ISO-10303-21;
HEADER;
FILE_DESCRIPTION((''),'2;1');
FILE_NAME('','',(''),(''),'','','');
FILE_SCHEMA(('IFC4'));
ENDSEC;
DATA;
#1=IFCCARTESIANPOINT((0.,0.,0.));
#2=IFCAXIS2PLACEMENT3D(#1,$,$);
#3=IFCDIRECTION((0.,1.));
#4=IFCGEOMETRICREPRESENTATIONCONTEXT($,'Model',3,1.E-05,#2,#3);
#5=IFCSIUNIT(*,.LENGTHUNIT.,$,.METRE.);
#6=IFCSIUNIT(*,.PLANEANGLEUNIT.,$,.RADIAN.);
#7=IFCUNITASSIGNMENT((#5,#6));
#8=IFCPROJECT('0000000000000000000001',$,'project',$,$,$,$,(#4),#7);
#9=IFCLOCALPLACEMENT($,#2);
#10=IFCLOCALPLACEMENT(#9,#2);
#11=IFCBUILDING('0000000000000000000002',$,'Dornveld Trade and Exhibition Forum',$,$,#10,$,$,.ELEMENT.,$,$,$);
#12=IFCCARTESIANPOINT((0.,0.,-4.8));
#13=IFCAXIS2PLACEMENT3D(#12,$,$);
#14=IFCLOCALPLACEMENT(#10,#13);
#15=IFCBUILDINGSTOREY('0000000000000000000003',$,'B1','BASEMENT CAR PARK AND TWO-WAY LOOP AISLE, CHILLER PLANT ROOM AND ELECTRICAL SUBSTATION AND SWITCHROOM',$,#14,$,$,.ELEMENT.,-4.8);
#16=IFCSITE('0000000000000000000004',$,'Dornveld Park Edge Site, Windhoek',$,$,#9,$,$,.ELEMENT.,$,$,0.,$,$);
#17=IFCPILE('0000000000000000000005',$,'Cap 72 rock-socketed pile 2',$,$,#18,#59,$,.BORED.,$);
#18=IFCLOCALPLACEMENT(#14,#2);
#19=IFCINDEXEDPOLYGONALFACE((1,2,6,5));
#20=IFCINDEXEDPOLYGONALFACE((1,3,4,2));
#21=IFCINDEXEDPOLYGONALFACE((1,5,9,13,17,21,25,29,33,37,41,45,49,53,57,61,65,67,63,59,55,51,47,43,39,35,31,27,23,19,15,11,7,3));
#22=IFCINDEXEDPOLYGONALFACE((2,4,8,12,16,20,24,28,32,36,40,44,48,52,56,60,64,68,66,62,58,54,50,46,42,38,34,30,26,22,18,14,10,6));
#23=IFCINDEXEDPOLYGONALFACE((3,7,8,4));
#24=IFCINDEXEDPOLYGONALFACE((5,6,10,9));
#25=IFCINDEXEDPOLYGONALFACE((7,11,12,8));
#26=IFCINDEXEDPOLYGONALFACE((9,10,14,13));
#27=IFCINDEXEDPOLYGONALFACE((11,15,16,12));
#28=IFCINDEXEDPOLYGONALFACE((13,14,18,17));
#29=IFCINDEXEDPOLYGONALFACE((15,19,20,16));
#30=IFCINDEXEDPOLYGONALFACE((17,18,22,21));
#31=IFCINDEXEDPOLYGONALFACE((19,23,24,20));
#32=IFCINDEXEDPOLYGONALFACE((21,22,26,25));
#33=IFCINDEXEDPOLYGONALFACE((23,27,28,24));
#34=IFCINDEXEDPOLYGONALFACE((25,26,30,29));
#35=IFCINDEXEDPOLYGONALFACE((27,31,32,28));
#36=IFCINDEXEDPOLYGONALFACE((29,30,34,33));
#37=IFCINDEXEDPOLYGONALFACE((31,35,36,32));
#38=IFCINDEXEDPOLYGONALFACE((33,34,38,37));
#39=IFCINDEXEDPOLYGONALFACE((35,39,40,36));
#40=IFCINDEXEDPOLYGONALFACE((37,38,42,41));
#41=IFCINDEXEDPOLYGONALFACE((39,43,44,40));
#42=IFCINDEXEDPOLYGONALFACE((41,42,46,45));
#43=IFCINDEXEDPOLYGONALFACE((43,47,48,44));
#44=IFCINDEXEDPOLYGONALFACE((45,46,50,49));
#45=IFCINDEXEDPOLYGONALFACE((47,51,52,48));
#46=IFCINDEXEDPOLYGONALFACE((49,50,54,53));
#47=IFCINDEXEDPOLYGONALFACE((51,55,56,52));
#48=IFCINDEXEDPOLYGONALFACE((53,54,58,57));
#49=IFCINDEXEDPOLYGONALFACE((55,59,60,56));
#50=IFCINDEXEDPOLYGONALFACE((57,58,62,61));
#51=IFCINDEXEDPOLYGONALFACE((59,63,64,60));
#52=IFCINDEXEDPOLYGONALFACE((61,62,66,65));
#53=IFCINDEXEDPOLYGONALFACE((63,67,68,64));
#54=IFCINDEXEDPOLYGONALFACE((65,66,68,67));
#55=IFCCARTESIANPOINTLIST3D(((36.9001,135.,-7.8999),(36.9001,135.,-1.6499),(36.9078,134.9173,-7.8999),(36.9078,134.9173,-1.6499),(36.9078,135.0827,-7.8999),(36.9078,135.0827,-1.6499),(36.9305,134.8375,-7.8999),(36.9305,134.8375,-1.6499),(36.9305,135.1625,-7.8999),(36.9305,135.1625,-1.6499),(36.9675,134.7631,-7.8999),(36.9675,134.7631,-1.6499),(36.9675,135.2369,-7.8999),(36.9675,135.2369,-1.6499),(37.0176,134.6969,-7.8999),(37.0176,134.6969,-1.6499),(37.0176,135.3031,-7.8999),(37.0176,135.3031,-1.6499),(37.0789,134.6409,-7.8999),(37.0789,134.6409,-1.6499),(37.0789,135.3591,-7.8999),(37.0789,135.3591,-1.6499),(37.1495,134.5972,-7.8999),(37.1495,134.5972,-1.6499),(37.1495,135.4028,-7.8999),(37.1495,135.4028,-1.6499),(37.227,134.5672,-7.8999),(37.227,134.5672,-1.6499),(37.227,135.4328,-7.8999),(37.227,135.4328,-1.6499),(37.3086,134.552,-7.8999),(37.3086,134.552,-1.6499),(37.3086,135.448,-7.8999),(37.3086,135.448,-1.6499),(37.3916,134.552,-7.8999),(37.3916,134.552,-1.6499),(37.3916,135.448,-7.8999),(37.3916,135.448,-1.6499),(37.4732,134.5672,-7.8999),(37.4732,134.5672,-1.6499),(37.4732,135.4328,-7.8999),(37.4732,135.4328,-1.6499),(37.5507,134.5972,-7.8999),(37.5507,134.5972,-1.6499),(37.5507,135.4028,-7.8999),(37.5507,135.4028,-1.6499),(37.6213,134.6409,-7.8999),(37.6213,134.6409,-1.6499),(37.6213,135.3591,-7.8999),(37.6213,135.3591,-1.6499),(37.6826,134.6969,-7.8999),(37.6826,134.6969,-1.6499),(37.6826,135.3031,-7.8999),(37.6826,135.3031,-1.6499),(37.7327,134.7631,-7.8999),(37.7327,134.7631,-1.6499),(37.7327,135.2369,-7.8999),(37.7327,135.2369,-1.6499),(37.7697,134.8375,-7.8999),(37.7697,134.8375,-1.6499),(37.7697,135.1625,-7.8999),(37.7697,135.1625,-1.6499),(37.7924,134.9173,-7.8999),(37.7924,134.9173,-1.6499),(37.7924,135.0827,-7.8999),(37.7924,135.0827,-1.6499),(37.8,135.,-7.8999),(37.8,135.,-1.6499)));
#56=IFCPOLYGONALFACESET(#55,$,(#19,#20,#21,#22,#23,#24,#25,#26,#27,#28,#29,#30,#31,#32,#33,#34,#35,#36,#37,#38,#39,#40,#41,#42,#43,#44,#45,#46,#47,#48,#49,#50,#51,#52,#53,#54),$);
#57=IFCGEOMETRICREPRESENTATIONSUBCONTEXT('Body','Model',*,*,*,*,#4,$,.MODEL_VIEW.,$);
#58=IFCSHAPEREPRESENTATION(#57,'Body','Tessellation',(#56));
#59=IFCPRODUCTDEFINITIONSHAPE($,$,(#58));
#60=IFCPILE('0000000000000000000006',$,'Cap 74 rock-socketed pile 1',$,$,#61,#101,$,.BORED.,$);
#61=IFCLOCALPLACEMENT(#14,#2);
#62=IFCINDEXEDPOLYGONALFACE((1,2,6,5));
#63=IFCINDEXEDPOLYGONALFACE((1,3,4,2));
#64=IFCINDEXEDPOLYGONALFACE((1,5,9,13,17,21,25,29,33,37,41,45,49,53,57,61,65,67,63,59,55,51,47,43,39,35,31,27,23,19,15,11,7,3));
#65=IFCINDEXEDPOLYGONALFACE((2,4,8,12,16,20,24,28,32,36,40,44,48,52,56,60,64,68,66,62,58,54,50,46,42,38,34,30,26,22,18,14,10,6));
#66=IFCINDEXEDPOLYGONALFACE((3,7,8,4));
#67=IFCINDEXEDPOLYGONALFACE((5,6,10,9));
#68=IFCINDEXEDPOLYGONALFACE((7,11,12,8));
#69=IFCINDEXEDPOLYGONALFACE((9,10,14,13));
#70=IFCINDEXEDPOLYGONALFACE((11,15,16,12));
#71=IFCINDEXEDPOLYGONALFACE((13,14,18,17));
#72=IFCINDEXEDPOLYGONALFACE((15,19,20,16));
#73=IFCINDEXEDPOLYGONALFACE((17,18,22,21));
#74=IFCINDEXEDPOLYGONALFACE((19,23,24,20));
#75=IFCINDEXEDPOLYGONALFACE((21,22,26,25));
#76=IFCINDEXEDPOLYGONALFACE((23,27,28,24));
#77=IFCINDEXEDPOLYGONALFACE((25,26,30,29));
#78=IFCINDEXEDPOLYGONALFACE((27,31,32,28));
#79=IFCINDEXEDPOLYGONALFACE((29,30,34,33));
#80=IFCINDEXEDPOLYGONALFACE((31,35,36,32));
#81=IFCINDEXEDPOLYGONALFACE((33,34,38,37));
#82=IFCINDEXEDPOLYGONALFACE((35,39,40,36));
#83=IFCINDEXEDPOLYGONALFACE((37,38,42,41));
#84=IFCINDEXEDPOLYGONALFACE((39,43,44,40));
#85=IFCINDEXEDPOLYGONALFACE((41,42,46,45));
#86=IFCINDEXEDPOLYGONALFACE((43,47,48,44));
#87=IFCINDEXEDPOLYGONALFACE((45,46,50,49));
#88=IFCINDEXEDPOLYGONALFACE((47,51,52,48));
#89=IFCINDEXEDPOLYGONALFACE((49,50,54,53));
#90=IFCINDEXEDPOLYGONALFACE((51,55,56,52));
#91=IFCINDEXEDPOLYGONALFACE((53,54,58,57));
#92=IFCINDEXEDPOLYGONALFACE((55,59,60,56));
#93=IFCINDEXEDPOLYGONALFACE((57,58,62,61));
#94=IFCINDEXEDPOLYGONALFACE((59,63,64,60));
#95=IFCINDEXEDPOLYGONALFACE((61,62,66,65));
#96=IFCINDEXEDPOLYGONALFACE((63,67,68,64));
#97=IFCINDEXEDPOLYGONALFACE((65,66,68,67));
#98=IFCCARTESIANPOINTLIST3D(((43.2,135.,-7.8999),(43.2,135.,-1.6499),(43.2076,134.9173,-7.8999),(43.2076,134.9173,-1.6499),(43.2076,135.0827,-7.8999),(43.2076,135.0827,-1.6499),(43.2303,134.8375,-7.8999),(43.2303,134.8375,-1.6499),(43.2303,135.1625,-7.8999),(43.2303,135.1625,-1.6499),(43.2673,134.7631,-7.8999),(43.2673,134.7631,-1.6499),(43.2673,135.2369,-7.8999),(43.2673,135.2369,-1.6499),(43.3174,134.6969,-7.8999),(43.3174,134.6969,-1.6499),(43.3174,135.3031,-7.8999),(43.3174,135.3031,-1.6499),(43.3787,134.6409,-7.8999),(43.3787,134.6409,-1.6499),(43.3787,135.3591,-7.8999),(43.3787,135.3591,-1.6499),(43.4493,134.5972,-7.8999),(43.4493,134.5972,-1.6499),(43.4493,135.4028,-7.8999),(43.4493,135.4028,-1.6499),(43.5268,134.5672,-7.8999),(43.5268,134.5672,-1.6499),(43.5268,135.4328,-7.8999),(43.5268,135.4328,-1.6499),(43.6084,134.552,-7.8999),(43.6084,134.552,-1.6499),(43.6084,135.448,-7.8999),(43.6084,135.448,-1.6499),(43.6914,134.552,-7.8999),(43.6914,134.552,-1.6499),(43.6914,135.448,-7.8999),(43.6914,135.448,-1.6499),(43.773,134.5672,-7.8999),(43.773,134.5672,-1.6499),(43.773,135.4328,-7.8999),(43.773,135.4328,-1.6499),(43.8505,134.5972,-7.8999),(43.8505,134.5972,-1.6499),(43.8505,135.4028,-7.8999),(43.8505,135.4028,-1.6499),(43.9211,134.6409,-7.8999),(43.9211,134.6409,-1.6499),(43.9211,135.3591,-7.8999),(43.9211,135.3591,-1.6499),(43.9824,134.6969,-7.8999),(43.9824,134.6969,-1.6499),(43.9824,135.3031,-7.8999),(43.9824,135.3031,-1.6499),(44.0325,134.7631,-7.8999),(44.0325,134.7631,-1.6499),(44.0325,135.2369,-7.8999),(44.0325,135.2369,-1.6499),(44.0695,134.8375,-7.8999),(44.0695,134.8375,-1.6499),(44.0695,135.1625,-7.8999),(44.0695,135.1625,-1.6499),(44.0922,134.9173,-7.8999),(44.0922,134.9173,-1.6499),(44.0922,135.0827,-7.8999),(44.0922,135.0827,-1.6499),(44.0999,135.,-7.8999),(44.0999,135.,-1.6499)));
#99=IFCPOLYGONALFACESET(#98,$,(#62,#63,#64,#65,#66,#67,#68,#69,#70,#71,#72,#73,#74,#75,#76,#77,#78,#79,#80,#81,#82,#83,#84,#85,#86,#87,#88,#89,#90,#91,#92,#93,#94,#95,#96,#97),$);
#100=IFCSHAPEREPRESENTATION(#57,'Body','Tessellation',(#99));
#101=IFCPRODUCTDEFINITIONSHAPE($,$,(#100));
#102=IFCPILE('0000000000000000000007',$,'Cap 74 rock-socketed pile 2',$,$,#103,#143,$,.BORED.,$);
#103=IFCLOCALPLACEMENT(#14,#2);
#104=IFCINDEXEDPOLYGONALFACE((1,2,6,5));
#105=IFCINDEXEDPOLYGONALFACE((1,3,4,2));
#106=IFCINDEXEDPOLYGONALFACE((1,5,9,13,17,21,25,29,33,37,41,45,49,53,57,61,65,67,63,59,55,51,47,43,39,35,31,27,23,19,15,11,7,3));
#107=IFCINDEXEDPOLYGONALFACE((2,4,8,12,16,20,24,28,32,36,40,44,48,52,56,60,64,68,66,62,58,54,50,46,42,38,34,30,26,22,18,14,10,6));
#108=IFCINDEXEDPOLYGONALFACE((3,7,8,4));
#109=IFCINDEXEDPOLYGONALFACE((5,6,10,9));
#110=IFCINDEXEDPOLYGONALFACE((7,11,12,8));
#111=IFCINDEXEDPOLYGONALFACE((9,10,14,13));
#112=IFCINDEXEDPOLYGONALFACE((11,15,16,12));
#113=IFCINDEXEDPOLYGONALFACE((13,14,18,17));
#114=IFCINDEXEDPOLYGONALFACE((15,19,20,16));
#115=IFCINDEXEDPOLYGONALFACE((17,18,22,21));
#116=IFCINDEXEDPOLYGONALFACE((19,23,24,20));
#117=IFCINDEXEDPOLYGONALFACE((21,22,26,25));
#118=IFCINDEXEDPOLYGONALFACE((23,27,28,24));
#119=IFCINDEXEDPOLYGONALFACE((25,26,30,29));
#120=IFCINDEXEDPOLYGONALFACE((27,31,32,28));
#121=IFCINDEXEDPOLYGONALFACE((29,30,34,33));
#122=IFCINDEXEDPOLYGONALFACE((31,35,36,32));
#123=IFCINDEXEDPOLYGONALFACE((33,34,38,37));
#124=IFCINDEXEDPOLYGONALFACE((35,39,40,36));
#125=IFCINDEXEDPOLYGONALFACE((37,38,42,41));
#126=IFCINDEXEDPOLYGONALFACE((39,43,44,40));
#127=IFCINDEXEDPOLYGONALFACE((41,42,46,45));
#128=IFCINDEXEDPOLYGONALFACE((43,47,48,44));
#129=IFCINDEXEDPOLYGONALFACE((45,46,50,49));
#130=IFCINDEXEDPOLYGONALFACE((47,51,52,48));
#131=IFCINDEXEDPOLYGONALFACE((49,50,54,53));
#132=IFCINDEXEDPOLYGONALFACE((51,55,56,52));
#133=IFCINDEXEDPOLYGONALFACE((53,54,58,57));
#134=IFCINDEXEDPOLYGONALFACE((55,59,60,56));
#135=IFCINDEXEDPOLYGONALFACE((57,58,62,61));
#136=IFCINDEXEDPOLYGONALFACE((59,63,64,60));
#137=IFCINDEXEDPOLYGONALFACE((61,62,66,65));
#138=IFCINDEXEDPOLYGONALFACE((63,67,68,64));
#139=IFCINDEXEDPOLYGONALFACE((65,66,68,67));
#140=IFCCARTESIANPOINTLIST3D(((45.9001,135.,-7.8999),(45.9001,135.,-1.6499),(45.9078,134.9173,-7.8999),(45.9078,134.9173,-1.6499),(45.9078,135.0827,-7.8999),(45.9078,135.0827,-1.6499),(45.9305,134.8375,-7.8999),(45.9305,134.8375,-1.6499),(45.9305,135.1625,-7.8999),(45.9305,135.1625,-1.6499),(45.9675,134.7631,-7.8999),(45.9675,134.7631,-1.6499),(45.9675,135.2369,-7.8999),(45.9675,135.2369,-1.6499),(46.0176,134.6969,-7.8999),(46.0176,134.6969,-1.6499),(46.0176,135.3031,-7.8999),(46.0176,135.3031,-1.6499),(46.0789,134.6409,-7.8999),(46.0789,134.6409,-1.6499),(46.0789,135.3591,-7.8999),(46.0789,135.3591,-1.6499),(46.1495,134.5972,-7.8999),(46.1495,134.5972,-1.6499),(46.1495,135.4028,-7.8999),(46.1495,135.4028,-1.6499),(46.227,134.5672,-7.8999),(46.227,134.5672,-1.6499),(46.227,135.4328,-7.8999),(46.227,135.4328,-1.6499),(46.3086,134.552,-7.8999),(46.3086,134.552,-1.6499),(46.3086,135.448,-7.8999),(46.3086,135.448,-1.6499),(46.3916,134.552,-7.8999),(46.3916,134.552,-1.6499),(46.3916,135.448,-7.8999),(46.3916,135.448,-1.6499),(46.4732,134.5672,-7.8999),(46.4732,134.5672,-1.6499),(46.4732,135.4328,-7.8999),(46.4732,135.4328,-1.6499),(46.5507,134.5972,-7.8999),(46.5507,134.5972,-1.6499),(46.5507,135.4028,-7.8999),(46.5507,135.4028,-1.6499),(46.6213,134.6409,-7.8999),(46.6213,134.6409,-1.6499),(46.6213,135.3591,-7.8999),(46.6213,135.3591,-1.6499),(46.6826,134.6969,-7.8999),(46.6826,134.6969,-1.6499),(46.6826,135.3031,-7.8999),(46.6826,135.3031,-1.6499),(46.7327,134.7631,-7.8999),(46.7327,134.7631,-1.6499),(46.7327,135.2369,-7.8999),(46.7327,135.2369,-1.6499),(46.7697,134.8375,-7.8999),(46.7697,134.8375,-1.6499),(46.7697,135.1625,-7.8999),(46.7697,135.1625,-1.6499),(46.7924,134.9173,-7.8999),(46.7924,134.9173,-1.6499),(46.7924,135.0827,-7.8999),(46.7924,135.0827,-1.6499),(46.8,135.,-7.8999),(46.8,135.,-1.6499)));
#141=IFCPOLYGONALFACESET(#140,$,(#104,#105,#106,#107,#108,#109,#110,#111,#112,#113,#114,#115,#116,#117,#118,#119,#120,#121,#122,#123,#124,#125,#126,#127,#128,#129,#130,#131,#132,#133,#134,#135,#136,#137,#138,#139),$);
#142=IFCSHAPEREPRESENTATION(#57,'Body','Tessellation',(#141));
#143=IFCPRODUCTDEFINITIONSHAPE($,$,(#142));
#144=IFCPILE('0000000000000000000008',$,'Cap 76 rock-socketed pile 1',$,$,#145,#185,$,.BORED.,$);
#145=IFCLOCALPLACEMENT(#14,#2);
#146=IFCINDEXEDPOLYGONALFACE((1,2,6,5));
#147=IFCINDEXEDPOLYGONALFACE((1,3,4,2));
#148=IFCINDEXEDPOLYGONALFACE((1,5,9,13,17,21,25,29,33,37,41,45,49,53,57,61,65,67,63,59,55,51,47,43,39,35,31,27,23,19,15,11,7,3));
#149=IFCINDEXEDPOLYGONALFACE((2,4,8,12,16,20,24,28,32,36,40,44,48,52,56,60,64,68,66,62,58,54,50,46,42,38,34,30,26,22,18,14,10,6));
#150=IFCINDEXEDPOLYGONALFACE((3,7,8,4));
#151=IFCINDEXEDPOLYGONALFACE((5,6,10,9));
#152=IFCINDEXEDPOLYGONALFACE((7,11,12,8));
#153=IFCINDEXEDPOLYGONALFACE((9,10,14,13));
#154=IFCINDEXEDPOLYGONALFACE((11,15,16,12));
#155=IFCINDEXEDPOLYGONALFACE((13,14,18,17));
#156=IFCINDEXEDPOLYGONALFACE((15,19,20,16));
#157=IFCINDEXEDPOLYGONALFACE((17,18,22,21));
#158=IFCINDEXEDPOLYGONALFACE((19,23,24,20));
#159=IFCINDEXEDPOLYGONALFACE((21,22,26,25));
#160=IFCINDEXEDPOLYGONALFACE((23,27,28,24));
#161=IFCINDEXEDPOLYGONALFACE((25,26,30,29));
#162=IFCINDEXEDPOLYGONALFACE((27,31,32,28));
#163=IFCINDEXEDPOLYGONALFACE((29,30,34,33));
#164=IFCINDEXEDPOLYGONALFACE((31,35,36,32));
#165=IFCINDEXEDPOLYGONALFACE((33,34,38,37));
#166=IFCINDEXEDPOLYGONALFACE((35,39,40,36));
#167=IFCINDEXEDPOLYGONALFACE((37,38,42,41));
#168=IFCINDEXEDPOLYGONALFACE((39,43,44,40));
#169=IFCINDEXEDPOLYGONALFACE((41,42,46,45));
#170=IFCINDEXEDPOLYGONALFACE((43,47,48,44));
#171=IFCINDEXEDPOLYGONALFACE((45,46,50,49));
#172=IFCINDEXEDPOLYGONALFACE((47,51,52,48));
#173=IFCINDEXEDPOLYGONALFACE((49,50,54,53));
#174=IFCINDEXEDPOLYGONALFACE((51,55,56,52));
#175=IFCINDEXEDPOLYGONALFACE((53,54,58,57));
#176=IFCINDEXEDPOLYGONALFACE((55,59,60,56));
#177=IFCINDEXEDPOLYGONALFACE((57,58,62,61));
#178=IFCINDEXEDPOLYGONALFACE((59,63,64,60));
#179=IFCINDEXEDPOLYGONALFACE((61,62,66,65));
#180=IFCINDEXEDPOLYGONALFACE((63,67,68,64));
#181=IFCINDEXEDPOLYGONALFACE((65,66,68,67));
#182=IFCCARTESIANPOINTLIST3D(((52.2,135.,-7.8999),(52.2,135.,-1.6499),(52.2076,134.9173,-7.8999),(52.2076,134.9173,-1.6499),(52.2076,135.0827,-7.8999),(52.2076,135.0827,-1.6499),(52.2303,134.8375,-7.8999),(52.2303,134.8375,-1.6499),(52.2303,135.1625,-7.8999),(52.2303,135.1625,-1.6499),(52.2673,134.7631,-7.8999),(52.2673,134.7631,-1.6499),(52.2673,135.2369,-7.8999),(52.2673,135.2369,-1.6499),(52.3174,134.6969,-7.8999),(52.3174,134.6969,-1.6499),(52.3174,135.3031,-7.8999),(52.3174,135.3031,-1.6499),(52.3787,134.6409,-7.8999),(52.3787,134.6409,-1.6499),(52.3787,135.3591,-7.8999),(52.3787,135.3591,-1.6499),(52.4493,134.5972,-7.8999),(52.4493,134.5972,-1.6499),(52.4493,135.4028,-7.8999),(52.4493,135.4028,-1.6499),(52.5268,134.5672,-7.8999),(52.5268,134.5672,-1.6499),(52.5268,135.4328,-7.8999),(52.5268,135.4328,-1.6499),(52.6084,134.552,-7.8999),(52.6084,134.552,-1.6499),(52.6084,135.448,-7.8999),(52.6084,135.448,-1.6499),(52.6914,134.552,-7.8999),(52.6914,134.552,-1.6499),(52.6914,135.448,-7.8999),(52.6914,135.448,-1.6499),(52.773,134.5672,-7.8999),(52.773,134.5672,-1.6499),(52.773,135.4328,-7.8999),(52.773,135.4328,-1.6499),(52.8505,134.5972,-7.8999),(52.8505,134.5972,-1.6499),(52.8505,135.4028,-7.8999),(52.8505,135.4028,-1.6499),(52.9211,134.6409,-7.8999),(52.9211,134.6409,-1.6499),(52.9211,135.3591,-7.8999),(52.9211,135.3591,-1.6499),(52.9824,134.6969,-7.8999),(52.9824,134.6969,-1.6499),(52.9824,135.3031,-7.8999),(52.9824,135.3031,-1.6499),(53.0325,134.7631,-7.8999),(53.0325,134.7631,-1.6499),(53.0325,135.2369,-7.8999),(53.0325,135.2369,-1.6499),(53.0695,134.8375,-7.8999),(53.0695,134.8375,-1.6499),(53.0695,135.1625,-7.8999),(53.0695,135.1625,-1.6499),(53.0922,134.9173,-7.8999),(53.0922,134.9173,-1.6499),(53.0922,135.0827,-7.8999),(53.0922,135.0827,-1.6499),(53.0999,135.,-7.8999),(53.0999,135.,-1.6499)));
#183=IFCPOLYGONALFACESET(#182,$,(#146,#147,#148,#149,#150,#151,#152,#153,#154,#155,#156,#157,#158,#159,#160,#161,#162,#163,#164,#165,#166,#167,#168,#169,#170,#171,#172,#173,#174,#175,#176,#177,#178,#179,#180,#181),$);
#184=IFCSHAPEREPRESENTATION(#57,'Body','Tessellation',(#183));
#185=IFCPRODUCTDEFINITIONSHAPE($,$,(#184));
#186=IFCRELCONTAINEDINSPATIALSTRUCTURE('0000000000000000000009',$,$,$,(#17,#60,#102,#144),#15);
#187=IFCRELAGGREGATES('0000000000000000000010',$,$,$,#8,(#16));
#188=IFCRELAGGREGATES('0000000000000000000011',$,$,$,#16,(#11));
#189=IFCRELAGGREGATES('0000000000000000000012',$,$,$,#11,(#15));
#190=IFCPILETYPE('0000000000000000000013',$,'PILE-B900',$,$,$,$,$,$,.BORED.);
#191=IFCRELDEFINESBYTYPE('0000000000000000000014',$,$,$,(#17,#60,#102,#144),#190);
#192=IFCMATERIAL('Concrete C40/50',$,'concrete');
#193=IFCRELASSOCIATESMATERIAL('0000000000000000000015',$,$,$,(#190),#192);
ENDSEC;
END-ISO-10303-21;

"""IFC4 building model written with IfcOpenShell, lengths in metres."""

from ifc_helpers import new_model, si_unit, direction, frame, origin, origin_2d, place, context, subcontext, project, spatial, circle, extrude, material, material_profile, profile_set, type_object, element, save


model = new_model("IFC4")

# Units and contexts
model_context = context("Model", 3, precision=1e-05, world=origin(), true_north=direction((0.0, 1.0)))
body_context = subcontext(model_context, "Body", "Model", "MODEL_VIEW")
ifc_project = project(units=[si_unit("LENGTHUNIT", "METRE"), si_unit("PLANEANGLEUNIT", "RADIAN")], contexts=[model_context])

# Site, building, storey
site_placement = place(None, origin())
site = spatial("IfcSite", under=ifc_project, at=site_placement, Name="Dornveld Park Edge Site, Windhoek", CompositionType="ELEMENT", RefElevation=0.0)
building_placement = place(site_placement, origin())
building = spatial("IfcBuilding", under=site, at=building_placement, Name="Dornveld Trade and Exhibition Forum", CompositionType="ELEMENT")
storey_placement = place(building_placement, frame((0.0, 0.0, -4.8)))
storey = spatial("IfcBuildingStorey", under=building, at=storey_placement, Name="B1", Description="BASEMENT CAR PARK AND TWO-WAY LOOP AISLE, CHILLER PLANT ROOM AND ELECTRICAL SUBSTATION AND SWITCHROOM", CompositionType="ELEMENT", Elevation=-4.8)

# Piles
ifc_material_1 = material(Name="Concrete C40/50", Category="concrete")
ifc_material_profile_1 = material_profile(ifc_material_1, circle(Radius=0.45, at=origin_2d()), Name="PILE D900")
ifc_profile_set_1 = profile_set([ifc_material_profile_1], Name="Concrete C40/50")
pile_type = type_object("IfcPileType", Name="PILE-B900", PredefinedType="BORED", material=ifc_profile_set_1)
for number, where, z_axis, x_axis, name in (
    (1, (37.3501, 135.0, -1.6499), (0.0, 0.0, -1.0), (1.0, 0.0, 0.0), "Cap 72 rock-socketed pile 2"),
    (2, (43.6499, 135.0, -1.6499), (0.0, 0.0, -1.0), (1.0, 0.0, 0.0), "Cap 74 rock-socketed pile 1"),
    (3, (46.3501, 135.0, -1.6499), (0.0, 0.0, -1.0), (1.0, 0.0, 0.0), "Cap 74 rock-socketed pile 2"),
    (4, (52.6499, 135.0, -1.6499), (0.0, 0.0, -1.0), (1.0, 0.0, 0.0), "Cap 76 rock-socketed pile 1"),
):
    element("IfcPile", number, at=place(storey_placement, frame(where, z_axis=z_axis, x_axis=x_axis)), inside=storey, type_object=pile_type, Name=name, PredefinedType="BORED", context=body_context, shape_type="SweptSolid", body=[
        extrude(circle(Radius=0.45, at=origin_2d()), origin(), (0.0, 0.0, 1.0), 6.25),
    ])

save(model, "model.ifc")
